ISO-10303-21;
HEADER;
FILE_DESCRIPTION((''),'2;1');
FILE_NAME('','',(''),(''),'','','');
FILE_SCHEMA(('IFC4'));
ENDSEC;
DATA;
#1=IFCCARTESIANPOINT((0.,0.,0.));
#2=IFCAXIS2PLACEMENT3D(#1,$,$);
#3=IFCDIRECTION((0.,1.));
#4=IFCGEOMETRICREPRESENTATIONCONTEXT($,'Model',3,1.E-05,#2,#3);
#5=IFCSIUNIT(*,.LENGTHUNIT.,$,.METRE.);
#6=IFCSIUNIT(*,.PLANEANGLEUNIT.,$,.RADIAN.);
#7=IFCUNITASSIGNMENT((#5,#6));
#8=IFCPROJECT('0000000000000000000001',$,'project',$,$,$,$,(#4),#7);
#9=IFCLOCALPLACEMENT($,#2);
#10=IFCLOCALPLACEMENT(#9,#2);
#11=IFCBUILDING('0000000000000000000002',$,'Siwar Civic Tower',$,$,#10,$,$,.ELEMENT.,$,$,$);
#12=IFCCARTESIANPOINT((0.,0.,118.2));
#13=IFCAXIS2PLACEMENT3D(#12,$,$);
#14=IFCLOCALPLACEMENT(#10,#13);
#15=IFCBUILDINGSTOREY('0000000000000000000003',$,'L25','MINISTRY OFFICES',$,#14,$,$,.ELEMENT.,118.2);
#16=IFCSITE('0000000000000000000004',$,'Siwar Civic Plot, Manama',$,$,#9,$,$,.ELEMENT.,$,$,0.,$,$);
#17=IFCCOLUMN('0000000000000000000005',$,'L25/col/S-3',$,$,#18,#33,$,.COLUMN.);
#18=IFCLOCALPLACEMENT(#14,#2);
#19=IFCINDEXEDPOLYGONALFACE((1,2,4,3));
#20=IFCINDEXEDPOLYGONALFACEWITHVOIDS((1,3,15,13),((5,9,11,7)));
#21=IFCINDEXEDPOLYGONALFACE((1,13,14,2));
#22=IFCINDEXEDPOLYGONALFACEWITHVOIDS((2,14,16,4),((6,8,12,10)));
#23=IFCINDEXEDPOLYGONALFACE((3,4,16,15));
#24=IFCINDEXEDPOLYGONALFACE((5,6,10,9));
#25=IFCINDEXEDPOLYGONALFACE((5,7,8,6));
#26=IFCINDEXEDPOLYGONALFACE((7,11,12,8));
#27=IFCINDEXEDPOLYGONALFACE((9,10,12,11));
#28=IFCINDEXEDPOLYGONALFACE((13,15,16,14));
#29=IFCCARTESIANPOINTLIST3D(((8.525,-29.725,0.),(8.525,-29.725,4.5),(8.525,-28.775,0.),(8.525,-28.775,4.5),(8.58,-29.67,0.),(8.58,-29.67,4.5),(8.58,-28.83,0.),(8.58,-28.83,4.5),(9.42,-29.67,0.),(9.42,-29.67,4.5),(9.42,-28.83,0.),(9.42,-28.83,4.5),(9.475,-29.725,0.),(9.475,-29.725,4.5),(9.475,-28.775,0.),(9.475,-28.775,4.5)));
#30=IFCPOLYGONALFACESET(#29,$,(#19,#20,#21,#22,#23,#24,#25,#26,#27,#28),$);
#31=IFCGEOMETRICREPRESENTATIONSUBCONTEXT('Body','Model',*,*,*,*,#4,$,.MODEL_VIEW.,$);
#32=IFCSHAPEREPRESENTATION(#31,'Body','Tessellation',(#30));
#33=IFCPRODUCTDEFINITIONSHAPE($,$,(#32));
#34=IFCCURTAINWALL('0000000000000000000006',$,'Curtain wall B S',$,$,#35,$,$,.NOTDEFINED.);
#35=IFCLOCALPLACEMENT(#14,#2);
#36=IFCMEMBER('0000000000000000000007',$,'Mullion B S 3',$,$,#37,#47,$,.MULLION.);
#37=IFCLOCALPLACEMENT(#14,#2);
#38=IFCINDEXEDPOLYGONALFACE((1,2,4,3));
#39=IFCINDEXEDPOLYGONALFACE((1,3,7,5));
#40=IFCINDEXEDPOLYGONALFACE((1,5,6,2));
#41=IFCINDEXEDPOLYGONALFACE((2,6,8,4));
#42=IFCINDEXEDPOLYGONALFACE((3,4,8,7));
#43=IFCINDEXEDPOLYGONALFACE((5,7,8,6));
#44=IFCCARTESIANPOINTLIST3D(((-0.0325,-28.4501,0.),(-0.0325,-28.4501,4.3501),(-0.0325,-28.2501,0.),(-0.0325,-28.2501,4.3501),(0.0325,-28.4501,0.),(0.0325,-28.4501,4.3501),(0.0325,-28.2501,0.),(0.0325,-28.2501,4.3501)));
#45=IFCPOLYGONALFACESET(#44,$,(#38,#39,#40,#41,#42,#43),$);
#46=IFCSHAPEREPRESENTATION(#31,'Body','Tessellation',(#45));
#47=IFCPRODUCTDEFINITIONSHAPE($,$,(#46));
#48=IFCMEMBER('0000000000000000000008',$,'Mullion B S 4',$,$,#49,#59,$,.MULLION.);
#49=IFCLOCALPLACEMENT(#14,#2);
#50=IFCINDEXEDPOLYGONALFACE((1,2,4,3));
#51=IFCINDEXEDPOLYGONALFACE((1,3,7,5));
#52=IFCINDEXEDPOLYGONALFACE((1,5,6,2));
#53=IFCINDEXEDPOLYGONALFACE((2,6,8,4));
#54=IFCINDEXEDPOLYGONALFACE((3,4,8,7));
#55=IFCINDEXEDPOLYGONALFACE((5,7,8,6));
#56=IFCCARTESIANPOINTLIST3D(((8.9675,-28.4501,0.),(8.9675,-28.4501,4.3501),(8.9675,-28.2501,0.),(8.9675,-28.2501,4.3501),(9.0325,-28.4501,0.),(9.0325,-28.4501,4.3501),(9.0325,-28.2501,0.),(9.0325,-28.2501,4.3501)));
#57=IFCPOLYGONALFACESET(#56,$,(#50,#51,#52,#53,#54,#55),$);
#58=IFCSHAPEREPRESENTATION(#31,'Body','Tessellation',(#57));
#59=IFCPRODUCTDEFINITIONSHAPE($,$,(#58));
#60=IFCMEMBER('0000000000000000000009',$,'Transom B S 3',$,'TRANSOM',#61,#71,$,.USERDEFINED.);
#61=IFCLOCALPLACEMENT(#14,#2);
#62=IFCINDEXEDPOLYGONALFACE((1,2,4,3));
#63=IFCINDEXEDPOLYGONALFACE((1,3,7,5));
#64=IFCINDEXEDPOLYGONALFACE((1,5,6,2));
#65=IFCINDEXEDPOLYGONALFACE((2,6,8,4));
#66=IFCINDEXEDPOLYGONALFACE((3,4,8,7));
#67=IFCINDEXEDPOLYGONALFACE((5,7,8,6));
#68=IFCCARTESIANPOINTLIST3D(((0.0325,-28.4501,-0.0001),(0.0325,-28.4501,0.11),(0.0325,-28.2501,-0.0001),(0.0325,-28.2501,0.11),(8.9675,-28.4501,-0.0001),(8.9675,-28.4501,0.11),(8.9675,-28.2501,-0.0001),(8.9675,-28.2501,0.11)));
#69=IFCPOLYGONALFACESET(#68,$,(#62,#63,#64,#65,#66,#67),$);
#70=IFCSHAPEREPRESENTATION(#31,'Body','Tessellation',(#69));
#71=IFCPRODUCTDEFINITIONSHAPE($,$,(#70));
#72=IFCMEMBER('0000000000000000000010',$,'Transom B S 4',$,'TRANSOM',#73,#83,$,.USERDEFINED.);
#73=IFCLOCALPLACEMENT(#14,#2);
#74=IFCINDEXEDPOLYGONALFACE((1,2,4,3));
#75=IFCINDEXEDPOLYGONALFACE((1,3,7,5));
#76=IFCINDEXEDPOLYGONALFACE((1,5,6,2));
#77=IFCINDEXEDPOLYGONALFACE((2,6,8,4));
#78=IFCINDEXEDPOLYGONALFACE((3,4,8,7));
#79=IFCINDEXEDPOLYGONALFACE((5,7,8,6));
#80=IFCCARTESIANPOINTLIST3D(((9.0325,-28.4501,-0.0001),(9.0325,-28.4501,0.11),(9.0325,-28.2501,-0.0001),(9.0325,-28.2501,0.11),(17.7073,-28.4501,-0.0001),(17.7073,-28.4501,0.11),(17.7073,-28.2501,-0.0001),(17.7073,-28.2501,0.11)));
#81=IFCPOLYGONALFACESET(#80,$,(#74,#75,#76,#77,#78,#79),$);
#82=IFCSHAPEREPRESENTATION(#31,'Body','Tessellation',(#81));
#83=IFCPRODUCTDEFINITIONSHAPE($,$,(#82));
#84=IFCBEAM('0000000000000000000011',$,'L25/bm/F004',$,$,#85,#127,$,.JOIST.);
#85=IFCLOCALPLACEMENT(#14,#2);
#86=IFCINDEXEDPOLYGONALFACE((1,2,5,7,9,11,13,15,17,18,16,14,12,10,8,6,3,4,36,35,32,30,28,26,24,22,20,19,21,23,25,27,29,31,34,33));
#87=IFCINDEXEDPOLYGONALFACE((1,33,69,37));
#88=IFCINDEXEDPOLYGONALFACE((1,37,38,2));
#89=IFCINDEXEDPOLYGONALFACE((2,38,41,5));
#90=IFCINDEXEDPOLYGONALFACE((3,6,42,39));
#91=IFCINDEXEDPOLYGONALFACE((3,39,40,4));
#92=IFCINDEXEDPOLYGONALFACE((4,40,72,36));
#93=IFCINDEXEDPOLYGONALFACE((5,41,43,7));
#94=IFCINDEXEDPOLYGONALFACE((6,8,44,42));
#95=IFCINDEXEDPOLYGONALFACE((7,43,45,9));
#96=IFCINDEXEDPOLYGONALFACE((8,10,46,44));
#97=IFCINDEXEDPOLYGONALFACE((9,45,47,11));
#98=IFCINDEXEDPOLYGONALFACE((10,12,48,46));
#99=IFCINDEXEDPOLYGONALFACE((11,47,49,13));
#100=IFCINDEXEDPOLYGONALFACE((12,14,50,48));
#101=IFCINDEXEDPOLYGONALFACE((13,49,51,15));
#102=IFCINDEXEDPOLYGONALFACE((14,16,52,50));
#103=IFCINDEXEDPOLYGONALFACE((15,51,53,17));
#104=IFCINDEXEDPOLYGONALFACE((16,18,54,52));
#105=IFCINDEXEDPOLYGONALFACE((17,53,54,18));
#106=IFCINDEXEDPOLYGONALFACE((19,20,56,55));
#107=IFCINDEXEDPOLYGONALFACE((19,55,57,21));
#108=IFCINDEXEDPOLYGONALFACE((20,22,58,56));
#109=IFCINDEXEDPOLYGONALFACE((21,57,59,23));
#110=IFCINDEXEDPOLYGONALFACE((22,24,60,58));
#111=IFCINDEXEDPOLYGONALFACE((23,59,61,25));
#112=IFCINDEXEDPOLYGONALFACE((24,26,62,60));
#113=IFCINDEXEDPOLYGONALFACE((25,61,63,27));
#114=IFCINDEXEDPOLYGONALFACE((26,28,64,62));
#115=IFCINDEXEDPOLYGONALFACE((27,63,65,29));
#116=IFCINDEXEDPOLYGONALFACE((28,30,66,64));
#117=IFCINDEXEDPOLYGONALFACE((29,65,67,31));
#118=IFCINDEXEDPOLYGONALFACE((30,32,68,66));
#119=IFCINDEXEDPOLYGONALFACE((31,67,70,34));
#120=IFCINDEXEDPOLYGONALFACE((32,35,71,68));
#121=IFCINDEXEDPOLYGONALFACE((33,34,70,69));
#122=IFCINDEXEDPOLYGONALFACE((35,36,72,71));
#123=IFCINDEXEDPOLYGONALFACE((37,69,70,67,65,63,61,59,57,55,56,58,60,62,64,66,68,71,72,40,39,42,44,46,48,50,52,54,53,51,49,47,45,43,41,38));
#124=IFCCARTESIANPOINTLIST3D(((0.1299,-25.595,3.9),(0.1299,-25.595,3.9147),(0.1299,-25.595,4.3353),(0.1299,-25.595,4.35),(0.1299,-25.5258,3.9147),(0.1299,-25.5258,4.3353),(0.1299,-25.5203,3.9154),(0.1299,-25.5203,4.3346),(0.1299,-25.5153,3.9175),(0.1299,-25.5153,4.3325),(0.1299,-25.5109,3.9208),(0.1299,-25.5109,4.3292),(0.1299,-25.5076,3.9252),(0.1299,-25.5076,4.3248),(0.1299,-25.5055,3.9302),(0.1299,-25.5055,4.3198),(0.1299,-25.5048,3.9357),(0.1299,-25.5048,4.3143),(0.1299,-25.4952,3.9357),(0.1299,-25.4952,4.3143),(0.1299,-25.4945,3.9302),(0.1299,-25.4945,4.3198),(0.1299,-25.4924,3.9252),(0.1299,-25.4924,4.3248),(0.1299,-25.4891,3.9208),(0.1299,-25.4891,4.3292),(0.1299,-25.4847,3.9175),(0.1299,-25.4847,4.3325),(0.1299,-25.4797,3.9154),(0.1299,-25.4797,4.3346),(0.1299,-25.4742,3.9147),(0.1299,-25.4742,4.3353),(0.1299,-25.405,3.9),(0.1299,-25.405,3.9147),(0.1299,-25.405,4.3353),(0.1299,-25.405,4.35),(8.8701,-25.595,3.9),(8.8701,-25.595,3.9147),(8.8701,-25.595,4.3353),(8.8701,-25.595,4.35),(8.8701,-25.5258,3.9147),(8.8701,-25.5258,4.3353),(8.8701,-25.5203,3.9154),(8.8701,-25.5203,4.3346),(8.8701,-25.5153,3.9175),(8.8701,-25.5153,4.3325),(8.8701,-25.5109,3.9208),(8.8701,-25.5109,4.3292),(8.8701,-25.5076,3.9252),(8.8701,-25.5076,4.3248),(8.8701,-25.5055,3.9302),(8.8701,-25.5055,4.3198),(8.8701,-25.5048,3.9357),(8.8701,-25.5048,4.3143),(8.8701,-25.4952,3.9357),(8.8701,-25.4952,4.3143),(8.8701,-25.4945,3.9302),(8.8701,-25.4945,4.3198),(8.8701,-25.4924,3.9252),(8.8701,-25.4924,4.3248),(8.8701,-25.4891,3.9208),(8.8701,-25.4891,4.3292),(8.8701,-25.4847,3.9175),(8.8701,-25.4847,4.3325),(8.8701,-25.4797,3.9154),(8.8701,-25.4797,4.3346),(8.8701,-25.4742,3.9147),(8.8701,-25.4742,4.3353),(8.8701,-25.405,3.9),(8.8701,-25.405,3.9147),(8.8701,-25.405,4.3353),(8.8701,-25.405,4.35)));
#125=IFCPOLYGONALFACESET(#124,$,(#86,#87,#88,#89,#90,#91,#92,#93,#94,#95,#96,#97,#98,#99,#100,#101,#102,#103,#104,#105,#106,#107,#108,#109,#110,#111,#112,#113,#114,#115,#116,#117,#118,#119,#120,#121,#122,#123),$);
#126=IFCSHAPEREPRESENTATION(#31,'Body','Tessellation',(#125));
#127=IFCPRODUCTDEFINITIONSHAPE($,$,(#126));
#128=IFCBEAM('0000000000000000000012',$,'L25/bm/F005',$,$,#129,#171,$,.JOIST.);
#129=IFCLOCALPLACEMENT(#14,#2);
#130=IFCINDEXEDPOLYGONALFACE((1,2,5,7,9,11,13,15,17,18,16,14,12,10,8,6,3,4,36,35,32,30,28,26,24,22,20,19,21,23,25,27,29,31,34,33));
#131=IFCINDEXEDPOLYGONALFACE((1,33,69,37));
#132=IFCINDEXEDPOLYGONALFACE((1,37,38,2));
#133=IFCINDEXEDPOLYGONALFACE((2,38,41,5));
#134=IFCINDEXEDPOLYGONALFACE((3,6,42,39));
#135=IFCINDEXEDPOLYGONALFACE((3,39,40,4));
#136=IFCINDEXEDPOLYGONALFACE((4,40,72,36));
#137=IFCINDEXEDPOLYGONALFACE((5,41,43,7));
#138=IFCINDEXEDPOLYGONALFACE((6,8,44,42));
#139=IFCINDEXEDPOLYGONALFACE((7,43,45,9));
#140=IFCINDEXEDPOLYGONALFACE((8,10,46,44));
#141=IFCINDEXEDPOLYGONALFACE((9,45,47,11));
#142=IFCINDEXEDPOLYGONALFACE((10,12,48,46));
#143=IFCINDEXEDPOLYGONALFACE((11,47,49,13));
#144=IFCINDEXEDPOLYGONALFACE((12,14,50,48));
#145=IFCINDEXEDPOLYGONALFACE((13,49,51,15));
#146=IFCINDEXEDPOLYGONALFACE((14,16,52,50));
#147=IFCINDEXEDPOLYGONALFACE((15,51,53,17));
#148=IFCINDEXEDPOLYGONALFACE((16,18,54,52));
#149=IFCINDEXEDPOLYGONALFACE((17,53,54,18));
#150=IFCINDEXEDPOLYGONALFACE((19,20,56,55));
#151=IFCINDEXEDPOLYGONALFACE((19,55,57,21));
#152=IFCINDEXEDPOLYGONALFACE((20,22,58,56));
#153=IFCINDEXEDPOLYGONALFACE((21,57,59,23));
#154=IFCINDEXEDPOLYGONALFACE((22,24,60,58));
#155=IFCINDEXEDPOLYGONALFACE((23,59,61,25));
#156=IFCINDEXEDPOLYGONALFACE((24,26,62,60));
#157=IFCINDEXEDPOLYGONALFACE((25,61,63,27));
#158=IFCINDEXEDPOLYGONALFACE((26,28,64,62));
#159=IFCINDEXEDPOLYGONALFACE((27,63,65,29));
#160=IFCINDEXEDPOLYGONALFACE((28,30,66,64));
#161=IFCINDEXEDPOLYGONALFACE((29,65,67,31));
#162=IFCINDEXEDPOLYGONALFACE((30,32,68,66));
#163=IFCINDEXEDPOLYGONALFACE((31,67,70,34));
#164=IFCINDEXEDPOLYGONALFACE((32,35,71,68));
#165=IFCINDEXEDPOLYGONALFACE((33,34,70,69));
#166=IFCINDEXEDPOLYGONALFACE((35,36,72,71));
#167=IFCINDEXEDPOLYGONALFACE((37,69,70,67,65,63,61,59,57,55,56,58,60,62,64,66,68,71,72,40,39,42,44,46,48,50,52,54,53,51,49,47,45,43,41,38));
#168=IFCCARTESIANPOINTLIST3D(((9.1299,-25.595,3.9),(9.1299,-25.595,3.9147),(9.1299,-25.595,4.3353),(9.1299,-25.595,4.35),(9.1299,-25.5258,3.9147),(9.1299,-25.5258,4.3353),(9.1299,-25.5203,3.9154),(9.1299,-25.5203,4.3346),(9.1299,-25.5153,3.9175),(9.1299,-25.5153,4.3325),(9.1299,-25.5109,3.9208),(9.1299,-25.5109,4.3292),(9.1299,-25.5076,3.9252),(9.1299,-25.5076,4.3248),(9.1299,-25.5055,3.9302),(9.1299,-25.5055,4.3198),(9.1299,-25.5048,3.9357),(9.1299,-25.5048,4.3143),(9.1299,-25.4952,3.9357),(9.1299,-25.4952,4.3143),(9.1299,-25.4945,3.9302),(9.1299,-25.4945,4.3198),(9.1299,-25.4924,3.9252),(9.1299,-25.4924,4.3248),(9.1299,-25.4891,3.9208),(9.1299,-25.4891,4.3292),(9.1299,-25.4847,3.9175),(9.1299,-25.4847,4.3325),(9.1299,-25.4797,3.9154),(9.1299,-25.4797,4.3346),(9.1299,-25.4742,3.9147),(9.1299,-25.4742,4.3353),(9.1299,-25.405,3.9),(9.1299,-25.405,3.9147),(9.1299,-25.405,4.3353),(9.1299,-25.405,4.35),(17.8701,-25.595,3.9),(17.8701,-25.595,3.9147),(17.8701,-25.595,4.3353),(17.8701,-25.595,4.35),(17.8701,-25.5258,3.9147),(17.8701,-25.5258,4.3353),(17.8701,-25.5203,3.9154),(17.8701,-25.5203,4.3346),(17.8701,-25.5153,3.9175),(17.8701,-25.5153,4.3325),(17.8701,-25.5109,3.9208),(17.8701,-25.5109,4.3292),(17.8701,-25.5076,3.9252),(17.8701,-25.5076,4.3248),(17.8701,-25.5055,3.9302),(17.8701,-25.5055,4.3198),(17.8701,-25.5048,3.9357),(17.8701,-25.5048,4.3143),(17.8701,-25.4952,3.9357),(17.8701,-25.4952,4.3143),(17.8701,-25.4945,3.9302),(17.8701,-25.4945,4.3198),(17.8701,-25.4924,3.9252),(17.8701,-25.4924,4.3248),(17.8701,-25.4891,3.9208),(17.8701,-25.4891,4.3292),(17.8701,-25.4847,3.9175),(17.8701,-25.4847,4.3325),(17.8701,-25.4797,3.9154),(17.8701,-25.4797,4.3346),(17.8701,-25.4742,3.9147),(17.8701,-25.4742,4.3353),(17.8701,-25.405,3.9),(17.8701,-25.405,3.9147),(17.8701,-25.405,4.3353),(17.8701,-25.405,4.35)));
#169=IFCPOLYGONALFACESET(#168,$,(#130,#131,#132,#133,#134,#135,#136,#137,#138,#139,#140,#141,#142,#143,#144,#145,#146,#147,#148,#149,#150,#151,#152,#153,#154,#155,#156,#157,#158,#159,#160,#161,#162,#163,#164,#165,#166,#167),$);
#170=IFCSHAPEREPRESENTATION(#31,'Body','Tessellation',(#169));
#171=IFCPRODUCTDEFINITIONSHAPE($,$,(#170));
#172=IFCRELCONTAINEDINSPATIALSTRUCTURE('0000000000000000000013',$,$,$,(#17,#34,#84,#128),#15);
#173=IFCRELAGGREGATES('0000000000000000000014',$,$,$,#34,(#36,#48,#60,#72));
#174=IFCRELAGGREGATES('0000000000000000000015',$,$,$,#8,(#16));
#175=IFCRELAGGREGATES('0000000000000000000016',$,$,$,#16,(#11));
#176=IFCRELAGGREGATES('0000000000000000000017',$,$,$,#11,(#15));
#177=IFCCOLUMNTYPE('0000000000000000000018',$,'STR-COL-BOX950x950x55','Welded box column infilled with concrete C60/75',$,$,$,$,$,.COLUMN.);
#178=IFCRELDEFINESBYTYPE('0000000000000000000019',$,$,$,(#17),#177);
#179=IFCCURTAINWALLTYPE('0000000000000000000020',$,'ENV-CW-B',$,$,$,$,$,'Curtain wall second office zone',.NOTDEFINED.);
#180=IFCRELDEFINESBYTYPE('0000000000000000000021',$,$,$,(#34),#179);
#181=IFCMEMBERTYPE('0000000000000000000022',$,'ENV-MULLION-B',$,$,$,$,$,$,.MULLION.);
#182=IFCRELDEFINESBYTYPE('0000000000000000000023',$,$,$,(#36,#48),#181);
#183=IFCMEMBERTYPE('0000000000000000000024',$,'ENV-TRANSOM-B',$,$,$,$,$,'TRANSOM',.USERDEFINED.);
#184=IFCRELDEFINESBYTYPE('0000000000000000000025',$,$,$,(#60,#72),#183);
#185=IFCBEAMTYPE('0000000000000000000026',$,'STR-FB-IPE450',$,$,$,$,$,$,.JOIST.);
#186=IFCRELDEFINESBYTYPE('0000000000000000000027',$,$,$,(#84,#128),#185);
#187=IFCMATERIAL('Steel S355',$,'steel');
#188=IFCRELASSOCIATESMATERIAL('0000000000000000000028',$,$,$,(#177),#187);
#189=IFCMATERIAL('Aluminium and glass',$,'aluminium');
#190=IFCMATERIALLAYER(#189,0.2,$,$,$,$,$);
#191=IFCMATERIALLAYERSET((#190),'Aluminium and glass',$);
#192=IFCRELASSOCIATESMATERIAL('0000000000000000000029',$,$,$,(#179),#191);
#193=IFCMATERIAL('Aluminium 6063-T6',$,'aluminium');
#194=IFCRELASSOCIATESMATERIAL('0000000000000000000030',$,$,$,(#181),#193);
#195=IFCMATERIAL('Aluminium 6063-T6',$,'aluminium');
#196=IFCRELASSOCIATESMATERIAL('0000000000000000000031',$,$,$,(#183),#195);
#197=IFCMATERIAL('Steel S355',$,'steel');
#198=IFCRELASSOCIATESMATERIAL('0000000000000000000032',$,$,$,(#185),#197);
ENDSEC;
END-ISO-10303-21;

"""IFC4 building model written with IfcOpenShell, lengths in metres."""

from ifc_helpers import new_model, si_unit, direction, frame, origin, origin_2d, place, context, subcontext, project, spatial, rectangle, hollow_rectangle, i_section, extrude, material, layer, layer_set, material_profile, profile_set, type_object, element, aggregate, save


model = new_model("IFC4")

# Units and contexts
model_context = context("Model", 3, precision=1e-05, world=origin(), true_north=direction((0.0, 1.0)))
body_context = subcontext(model_context, "Body", "Model", "MODEL_VIEW")
ifc_project = project(units=[si_unit("LENGTHUNIT", "METRE"), si_unit("PLANEANGLEUNIT", "RADIAN")], contexts=[model_context])

# Site, building, storey
site_placement = place(None, origin())
site = spatial("IfcSite", under=ifc_project, at=site_placement, Name="Siwar Civic Plot, Manama", CompositionType="ELEMENT", RefElevation=0.0)
building_placement = place(site_placement, origin())
building = spatial("IfcBuilding", under=site, at=building_placement, Name="Siwar Civic Tower", CompositionType="ELEMENT")
storey_placement = place(building_placement, frame((0.0, 0.0, 118.2)))
storey = spatial("IfcBuildingStorey", under=building, at=storey_placement, Name="L25", Description="MINISTRY OFFICES", CompositionType="ELEMENT", Elevation=118.2)

# Column
ifc_material_1 = material(Name="Steel S355", Category="steel")
ifc_material_profile_1 = material_profile(ifc_material_1, hollow_rectangle(XDim=0.95, YDim=0.95, WallThickness=0.0549, at=origin_2d()), Name="BOX950x950x55")
ifc_profile_set_1 = profile_set([ifc_material_profile_1], Name="Steel S355")
column_type = type_object("IfcColumnType", Name="STR-COL-BOX950x950x55", Description="Welded box column infilled with concrete C60/75", PredefinedType="COLUMN", material=ifc_profile_set_1)
column_placement = place(storey_placement, frame((9.0, -29.25, 0.0), z_axis=(0.0, 0.0, 1.0), x_axis=(1.0, 0.0, 0.0)))
element("IfcColumn", 1, at=column_placement, inside=storey, type_object=column_type, Name="L25/col/S-3", PredefinedType="COLUMN", context=body_context, shape_type="SweptSolid", body=[
    extrude(hollow_rectangle(XDim=0.95, YDim=0.95, WallThickness=0.0549, at=origin_2d()), origin(), (0.0, 0.0, 1.0), 4.5),
])

# Curtain wall, members
ifc_material_2 = material(Name="Aluminium and glass", Category="aluminium")
ifc_layer_1 = layer(ifc_material_2, 0.2)
ifc_layer_set_1 = layer_set([ifc_layer_1], Name="Aluminium and glass")
curtain_wall_type = type_object("IfcCurtainWallType", Name="ENV-CW-B", ElementType="Curtain wall second office zone", PredefinedType="NOTDEFINED", material=ifc_layer_set_1)
curtain_wall_placement = place(storey_placement, origin())
curtain_wall = element("IfcCurtainWall", 2, at=curtain_wall_placement, inside=storey, type_object=curtain_wall_type, Name="Curtain wall B S", PredefinedType="NOTDEFINED")
ifc_material_3 = material(Name="Aluminium 6063-T6", Category="aluminium")
ifc_material_profile_2 = material_profile(ifc_material_3, rectangle(XDim=0.2, YDim=0.0649, at=origin_2d()), Name="AL 200x65")
ifc_profile_set_2 = profile_set([ifc_material_profile_2], Name="Aluminium 6063-T6")
member_type_1 = type_object("IfcMemberType", Name="ENV-MULLION-B", PredefinedType="MULLION", material=ifc_profile_set_2)
member_1_placement = place(storey_placement, frame((0.0, -28.3501, 0.0), z_axis=(0.0, 0.0, 1.0), x_axis=(0.0, 1.0, 0.0)))
member_1 = element("IfcMember", 3, at=member_1_placement, type_object=member_type_1, Name="Mullion B S 3", PredefinedType="MULLION", context=body_context, shape_type="SweptSolid", body=[
    extrude(rectangle(XDim=0.2, YDim=0.0649, at=origin_2d()), origin(), (0.0, 0.0, 1.0), 4.3501),
])
member_2_placement = place(storey_placement, frame((9.0, -28.3501, 0.0), z_axis=(0.0, 0.0, 1.0), x_axis=(0.0, 1.0, 0.0)))
member_2 = element("IfcMember", 4, at=member_2_placement, type_object=member_type_1, Name="Mullion B S 4", PredefinedType="MULLION", context=body_context, shape_type="SweptSolid", body=[
    extrude(rectangle(XDim=0.2, YDim=0.0649, at=origin_2d()), origin(), (0.0, 0.0, 1.0), 4.3501),
])
ifc_material_4 = material(Name="Aluminium 6063-T6", Category="aluminium")
ifc_material_profile_3 = material_profile(ifc_material_4, rectangle(XDim=0.2, YDim=0.1101, at=origin_2d()), Name="AL 200x110")
ifc_profile_set_3 = profile_set([ifc_material_profile_3], Name="Aluminium 6063-T6")
member_type_2 = type_object("IfcMemberType", Name="ENV-TRANSOM-B", ElementType="TRANSOM", PredefinedType="USERDEFINED", material=ifc_profile_set_3)
member_3_placement = place(storey_placement, frame((0.0325, -28.3501, 0.0549), z_axis=(1.0, 0.0, 0.0), x_axis=(0.0, 1.0, 0.0)))
member_3 = element("IfcMember", 5, at=member_3_placement, type_object=member_type_2, Name="Transom B S 3", ObjectType="TRANSOM", PredefinedType="USERDEFINED", context=body_context, shape_type="SweptSolid", body=[
    extrude(rectangle(XDim=0.2, YDim=0.1101, at=origin_2d()), origin(), (0.0, 0.0, 1.0), 8.9351),
])
member_4_placement = place(storey_placement, frame((9.0325, -28.3501, 0.0549), z_axis=(1.0, 0.0, 0.0), x_axis=(0.0, 1.0, 0.0)))
member_4 = element("IfcMember", 6, at=member_4_placement, type_object=member_type_2, Name="Transom B S 4", ObjectType="TRANSOM", PredefinedType="USERDEFINED", context=body_context, shape_type="SweptSolid", body=[
    extrude(rectangle(XDim=0.2, YDim=0.1101, at=origin_2d()), origin(), (0.0, 0.0, 1.0), 8.6748),
])

# Beams
ifc_material_5 = material(Name="Steel S355", Category="steel")
ifc_material_profile_4 = material_profile(ifc_material_5, i_section(OverallWidth=0.1899, OverallDepth=0.45, WebThickness=0.0095, FlangeThickness=0.0146, FilletRadius=0.021, at=origin_2d()), Name="IPE450")
ifc_profile_set_4 = profile_set([ifc_material_profile_4], Name="Steel S355")
beam_type_1 = type_object("IfcBeamType", Name="STR-FB-IPE450", PredefinedType="JOIST", material=ifc_profile_set_4)
for number, where, z_axis, x_axis, name in (
    (7, (0.1299, -25.5, 4.125), (1.0, 0.0, 0.0), (0.0, 1.0, 0.0), "L25/bm/F004"),
    (8, (9.1299, -25.5, 4.125), (1.0, 0.0, 0.0), (0.0, 1.0, 0.0), "L25/bm/F005"),
):
    element("IfcBeam", number, at=place(storey_placement, frame(where, z_axis=z_axis, x_axis=x_axis)), inside=storey, type_object=beam_type_1, Name=name, PredefinedType="JOIST", context=body_context, shape_type="SweptSolid", body=[
        extrude(i_section(OverallWidth=0.1899, OverallDepth=0.45, WebThickness=0.0095, FlangeThickness=0.0146, FilletRadius=0.021, at=origin_2d()), origin(), (0.0, 0.0, 1.0), 8.7402),
    ])

aggregate(curtain_wall, [member_1, member_2, member_3, member_4])

save(model, "model.ifc")
